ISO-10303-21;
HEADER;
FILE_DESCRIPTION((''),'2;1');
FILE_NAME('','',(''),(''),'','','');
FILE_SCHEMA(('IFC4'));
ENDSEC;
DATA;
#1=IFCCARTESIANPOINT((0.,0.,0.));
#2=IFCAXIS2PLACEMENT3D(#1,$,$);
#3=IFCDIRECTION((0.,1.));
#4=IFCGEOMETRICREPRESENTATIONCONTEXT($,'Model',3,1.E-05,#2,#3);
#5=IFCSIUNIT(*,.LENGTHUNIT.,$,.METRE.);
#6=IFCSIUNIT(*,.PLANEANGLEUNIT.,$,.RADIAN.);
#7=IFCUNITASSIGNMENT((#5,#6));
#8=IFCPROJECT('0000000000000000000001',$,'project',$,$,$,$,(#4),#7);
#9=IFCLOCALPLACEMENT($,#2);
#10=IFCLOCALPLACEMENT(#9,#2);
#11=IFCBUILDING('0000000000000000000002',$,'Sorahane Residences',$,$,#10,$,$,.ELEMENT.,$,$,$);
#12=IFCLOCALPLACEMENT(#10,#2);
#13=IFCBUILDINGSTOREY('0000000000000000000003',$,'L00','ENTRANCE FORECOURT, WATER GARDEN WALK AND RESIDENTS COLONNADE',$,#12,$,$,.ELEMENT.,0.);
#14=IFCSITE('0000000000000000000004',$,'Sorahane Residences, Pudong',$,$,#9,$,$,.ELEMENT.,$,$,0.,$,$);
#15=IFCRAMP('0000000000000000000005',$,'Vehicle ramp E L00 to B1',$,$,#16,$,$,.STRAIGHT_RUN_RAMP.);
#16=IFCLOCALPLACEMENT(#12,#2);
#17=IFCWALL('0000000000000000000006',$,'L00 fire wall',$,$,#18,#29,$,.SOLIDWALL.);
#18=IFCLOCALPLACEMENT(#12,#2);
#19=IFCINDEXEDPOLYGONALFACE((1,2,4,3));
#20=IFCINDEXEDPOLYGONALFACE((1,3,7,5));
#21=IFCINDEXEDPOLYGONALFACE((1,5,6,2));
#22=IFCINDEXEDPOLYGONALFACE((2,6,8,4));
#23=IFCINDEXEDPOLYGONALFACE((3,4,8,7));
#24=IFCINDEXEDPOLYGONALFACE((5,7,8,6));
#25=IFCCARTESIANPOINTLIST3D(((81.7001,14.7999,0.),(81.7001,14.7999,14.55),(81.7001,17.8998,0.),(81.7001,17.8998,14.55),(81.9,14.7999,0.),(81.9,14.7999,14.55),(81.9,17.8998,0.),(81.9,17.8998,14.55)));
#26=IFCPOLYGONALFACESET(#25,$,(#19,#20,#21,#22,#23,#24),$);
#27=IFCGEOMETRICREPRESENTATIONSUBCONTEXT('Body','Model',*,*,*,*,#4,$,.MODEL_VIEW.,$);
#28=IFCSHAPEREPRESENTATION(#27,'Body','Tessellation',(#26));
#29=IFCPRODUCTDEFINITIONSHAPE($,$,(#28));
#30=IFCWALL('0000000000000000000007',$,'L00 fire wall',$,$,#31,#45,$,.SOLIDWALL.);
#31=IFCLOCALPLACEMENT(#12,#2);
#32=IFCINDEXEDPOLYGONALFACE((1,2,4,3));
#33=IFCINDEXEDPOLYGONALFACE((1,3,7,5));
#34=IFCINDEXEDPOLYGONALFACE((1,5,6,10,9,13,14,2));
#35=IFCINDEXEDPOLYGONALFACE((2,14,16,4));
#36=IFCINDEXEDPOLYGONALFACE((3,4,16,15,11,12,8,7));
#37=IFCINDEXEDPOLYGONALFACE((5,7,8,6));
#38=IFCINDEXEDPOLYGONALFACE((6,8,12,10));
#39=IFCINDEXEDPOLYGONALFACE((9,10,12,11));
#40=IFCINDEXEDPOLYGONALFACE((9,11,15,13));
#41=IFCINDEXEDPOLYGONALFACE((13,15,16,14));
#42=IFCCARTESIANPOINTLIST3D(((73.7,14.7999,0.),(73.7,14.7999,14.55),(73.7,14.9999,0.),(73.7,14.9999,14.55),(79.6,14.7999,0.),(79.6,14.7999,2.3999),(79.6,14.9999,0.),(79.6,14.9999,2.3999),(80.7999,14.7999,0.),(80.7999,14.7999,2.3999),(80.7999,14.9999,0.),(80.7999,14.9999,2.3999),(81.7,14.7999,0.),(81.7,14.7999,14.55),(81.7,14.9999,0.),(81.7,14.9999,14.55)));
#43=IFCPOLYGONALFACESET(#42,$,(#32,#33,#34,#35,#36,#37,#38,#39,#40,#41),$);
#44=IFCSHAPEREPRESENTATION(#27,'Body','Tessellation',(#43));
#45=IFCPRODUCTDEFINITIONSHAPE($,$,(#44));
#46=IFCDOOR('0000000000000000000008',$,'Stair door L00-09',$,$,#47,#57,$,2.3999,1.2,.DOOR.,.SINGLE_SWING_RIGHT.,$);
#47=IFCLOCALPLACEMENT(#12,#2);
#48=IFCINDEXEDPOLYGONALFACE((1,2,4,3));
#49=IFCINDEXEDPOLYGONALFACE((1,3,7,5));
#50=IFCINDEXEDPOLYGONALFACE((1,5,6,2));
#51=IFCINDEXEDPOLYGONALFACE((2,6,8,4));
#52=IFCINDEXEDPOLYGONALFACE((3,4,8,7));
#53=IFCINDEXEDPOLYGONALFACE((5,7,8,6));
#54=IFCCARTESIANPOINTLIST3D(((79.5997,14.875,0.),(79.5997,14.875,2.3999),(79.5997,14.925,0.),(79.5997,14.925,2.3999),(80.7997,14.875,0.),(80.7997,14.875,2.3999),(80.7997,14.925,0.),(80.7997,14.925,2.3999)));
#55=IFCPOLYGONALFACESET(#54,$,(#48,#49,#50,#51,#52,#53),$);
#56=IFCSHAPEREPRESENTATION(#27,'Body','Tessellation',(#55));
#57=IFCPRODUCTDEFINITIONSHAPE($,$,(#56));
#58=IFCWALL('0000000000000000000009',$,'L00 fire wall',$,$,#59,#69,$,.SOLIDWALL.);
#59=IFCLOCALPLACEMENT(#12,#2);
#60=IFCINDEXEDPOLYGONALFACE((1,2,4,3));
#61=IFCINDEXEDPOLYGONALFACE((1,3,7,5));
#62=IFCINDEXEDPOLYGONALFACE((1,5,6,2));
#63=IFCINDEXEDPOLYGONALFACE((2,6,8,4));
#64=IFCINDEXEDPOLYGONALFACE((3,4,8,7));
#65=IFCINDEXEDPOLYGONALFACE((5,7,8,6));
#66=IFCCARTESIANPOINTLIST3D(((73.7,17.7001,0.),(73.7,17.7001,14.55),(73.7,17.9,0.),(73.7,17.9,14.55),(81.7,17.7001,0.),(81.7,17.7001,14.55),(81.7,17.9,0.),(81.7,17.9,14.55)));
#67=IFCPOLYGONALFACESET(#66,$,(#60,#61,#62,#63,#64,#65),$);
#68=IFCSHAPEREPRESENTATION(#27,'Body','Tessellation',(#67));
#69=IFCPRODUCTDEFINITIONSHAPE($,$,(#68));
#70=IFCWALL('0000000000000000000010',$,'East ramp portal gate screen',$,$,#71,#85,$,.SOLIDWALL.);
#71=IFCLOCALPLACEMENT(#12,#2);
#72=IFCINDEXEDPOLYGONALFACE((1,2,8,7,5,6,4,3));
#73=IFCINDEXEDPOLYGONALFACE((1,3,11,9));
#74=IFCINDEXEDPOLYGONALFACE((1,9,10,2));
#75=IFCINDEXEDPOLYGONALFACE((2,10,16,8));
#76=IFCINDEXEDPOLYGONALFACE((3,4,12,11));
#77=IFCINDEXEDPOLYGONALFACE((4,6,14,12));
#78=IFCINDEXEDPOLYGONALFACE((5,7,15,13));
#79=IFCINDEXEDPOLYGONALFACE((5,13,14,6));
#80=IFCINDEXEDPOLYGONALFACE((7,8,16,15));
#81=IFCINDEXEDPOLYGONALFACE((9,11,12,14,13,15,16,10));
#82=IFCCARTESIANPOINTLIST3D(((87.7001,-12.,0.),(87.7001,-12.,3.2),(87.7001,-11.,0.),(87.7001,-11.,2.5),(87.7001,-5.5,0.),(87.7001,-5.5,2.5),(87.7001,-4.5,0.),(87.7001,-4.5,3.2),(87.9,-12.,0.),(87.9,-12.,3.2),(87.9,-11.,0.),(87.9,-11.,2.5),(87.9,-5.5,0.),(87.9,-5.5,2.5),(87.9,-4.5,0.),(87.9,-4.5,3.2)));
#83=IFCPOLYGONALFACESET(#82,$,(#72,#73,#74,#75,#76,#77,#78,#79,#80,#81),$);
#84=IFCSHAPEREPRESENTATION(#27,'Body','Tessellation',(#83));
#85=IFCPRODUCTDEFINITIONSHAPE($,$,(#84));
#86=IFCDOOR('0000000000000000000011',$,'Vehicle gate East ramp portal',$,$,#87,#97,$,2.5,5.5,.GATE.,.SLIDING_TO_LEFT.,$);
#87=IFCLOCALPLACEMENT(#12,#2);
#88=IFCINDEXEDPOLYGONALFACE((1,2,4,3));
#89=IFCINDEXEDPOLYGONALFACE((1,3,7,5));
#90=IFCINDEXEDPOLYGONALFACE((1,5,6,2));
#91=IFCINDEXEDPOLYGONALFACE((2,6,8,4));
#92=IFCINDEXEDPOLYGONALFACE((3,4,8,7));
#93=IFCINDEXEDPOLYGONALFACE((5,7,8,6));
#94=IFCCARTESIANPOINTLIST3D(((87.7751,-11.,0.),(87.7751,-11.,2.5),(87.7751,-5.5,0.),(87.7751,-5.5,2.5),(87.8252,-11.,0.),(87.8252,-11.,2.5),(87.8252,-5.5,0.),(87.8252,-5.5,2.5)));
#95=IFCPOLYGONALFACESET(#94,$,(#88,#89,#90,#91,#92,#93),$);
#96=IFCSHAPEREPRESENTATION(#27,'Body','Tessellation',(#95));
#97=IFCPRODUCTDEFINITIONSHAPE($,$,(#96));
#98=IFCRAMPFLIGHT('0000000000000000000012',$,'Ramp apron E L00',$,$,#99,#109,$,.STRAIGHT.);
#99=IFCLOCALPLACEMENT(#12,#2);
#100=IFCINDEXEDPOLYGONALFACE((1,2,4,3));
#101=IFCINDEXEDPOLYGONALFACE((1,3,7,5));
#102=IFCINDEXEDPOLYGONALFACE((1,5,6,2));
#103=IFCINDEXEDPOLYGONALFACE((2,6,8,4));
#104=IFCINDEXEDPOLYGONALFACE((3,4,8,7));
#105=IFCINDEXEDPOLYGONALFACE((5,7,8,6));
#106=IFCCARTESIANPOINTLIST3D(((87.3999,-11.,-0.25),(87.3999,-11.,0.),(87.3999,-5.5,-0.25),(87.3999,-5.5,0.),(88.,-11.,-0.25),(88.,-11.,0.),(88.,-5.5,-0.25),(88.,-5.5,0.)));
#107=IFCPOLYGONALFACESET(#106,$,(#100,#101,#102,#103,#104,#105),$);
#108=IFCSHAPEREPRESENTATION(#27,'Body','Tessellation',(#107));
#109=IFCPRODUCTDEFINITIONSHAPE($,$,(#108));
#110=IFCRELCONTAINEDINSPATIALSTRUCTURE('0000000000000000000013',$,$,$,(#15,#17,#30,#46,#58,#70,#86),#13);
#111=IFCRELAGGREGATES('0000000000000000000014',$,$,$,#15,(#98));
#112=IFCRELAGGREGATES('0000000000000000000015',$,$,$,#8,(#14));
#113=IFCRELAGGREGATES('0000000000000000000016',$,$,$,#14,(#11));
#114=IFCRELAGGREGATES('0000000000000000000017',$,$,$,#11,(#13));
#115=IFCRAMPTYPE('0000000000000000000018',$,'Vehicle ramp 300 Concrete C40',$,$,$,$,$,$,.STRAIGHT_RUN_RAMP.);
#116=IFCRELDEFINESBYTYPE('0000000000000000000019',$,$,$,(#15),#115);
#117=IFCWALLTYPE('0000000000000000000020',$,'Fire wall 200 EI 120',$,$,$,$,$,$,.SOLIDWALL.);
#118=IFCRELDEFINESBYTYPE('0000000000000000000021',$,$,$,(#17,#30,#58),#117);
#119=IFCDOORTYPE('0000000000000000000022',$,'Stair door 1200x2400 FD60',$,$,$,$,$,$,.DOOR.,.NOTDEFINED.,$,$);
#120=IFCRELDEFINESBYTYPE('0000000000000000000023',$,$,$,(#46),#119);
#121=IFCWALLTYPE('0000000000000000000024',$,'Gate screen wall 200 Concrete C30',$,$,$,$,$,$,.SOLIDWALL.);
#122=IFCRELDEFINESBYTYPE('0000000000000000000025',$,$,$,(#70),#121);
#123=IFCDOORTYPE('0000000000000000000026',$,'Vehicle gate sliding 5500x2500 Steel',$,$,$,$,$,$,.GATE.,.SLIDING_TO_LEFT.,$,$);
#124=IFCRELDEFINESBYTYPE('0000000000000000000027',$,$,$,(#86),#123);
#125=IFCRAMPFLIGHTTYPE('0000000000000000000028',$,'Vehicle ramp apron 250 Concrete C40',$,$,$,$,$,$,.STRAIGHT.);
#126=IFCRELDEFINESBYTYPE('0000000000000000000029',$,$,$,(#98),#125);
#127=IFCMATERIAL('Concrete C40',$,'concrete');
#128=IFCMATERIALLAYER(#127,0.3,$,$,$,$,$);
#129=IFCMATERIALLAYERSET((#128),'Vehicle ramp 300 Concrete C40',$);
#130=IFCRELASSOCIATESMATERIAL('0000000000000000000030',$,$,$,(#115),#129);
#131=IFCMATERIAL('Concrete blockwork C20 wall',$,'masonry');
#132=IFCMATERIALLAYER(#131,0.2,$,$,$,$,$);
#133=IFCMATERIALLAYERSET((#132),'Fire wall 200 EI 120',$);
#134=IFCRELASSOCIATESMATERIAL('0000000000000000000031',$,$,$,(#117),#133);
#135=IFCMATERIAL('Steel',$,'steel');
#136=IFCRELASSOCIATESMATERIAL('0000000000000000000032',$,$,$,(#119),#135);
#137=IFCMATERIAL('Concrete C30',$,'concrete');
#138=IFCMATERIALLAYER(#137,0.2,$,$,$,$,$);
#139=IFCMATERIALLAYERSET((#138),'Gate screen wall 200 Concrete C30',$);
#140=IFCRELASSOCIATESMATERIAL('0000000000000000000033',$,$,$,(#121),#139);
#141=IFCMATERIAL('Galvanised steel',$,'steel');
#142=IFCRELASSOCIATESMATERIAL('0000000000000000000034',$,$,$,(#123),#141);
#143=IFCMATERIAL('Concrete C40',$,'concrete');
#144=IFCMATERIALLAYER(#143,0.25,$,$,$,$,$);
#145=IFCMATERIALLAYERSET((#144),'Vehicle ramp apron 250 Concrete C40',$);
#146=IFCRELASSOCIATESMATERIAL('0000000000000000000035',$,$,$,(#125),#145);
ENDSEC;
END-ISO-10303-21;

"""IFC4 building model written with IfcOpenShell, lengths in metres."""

from ifc_helpers import new_model, si_unit, direction, frame, frame_2d, origin, place, context, subcontext, project, spatial, polyline, rectangle, outline, extrude, material, layer, layer_set, type_object, element, fill, aggregate, save


model = new_model("IFC4")

# Units and contexts
model_context = context("Model", 3, precision=1e-05, world=origin(), true_north=direction((0.0, 1.0)))
body_context = subcontext(model_context, "Body", "Model", "MODEL_VIEW")
ifc_project = project(units=[si_unit("LENGTHUNIT", "METRE"), si_unit("PLANEANGLEUNIT", "RADIAN")], contexts=[model_context])

# Site, building, storey
site_placement = place(None, origin())
site = spatial("IfcSite", under=ifc_project, at=site_placement, Name="Sorahane Residences, Pudong", CompositionType="ELEMENT", RefElevation=0.0)
building_placement = place(site_placement, origin())
building = spatial("IfcBuilding", under=site, at=building_placement, Name="Sorahane Residences", CompositionType="ELEMENT")
storey_placement = place(building_placement, origin())
storey = spatial("IfcBuildingStorey", under=building, at=storey_placement, Name="L00", Description="ENTRANCE FORECOURT, WATER GARDEN WALK AND RESIDENTS COLONNADE", CompositionType="ELEMENT", Elevation=0.0)

# Ramp
ifc_material_1 = material(Name="Concrete C40", Category="concrete")
ifc_layer_1 = layer(ifc_material_1, 0.3)
ifc_layer_set_1 = layer_set([ifc_layer_1], Name="Vehicle ramp 300 Concrete C40")
ramp_type = type_object("IfcRampType", Name="Vehicle ramp 300 Concrete C40", PredefinedType="STRAIGHT_RUN_RAMP", material=ifc_layer_set_1)
ramp_placement = place(storey_placement, origin())
ramp = element("IfcRamp", 1, at=ramp_placement, inside=storey, type_object=ramp_type, Name="Vehicle ramp E L00 to B1", PredefinedType="STRAIGHT_RUN_RAMP")

# Wall
ifc_material_2 = material(Name="Concrete blockwork C20 wall", Category="masonry")
ifc_layer_2 = layer(ifc_material_2, 0.2)
ifc_layer_set_2 = layer_set([ifc_layer_2], Name="Fire wall 200 EI 120")
wall_type_1 = type_object("IfcWallType", Name="Fire wall 200 EI 120", PredefinedType="SOLIDWALL", material=ifc_layer_set_2)
for number, where, z_axis, x_axis, name in (
    (2, (81.8, 14.8, 0.0), (0.0, 0.0, 1.0), (0.0, 1.0, 0.0), "L00 fire wall"),
):
    element("IfcWall", number, at=place(storey_placement, frame(where, z_axis=z_axis, x_axis=x_axis)), inside=storey, type_object=wall_type_1, Name=name, PredefinedType="SOLIDWALL", context=body_context, shape_type="SweptSolid", body=[
        extrude(rectangle(XDim=3.0999, YDim=0.2, at=frame_2d((1.5498, 0.0))), origin(), (0.0, 0.0, 1.0), 14.55),
    ])

# Wall, opening, door
wall_1_placement = place(storey_placement, frame((73.7, 14.8999, 0.0), z_axis=(0.0, 0.0, 1.0), x_axis=(1.0, 0.0, 0.0)))
wall_1 = element("IfcWall", 3, at=wall_1_placement, inside=storey, type_object=wall_type_1, Name="L00 fire wall", PredefinedType="SOLIDWALL", context=body_context, shape_type="SweptSolid", body=[
    extrude(rectangle(XDim=8.0, YDim=0.2, at=frame_2d((4.0, 0.0))), origin(), (0.0, 0.0, 1.0), 14.55),
])
opening_1_placement = place(wall_1_placement, frame((5.8999, 0.0, 0.0)))
opening_1 = element("IfcOpeningElement", 4, at=opening_1_placement, cuts=wall_1, PredefinedType="OPENING", context=body_context, shape_type="SweptSolid", body=[
    extrude(rectangle(XDim=1.2, YDim=2.3999, at=frame_2d((0.6001, 1.2))), frame((0.0, 0.1099, 0.0), z_axis=(0.0, -1.0, 0.0), x_axis=(1.0, 0.0, 0.0)), (0.0, 0.0, 1.0), 0.22),
])
ifc_material_3 = material(Name="Steel", Category="steel")
door_type_1 = type_object("IfcDoorType", Name="Stair door 1200x2400 FD60", OperationType="NOTDEFINED", PredefinedType="DOOR", material=ifc_material_3)
door_1_placement = place(opening_1_placement, frame((1.2, 0.0, 0.0), z_axis=(0.0, 0.0, 1.0), x_axis=(-1.0, 0.0, 0.0)))
door_1 = element("IfcDoor", 5, at=door_1_placement, inside=storey, type_object=door_type_1, Name="Stair door L00-09", OperationType="SINGLE_SWING_RIGHT", OverallHeight=2.3999, OverallWidth=1.2, PredefinedType="DOOR", context=body_context, shape_type="SweptSolid", body=[
    extrude(rectangle(XDim=1.2, YDim=2.3999, at=frame_2d((0.6001, 1.2))), frame((0.0, 0.0249, 0.0), z_axis=(0.0, -1.0, 0.0), x_axis=(1.0, 0.0, 0.0)), (0.0, 0.0, 1.0), 0.05),
])
fill(opening_1, door_1)

# Wall
wall_2_placement = place(storey_placement, frame((73.7, 17.8, 0.0), z_axis=(0.0, 0.0, 1.0), x_axis=(1.0, 0.0, 0.0)))
element("IfcWall", 6, at=wall_2_placement, inside=storey, type_object=wall_type_1, Name="L00 fire wall", PredefinedType="SOLIDWALL", context=body_context, shape_type="SweptSolid", body=[
    extrude(rectangle(XDim=8.0, YDim=0.2, at=frame_2d((4.0, 0.0))), origin(), (0.0, 0.0, 1.0), 14.55),
])

# Wall, opening, door
ifc_material_4 = material(Name="Concrete C30", Category="concrete")
ifc_layer_3 = layer(ifc_material_4, 0.2)
ifc_layer_set_3 = layer_set([ifc_layer_3], Name="Gate screen wall 200 Concrete C30")
wall_type_2 = type_object("IfcWallType", Name="Gate screen wall 200 Concrete C30", PredefinedType="SOLIDWALL", material=ifc_layer_set_3)
wall_3_placement = place(storey_placement, frame((87.8, -12.0, 0.0), z_axis=(0.0, 0.0, 1.0), x_axis=(0.0, 1.0, 0.0)))
wall_3 = element("IfcWall", 7, at=wall_3_placement, inside=storey, type_object=wall_type_2, Name="East ramp portal gate screen", PredefinedType="SOLIDWALL", context=body_context, shape_type="SweptSolid", body=[
    extrude(rectangle(XDim=7.5, YDim=0.2, at=frame_2d((3.75, 0.0))), origin(), (0.0, 0.0, 1.0), 3.2),
])
opening_2_placement = place(wall_3_placement, frame((1.0, 0.0, 0.0)))
opening_2 = element("IfcOpeningElement", 8, at=opening_2_placement, cuts=wall_3, PredefinedType="OPENING", context=body_context, shape_type="SweptSolid", body=[
    extrude(rectangle(XDim=5.5, YDim=2.5, at=frame_2d((2.75, 1.25))), frame((0.0, 0.1099, 0.0), z_axis=(0.0, -1.0, 0.0), x_axis=(1.0, 0.0, 0.0)), (0.0, 0.0, 1.0), 0.22),
])
ifc_material_5 = material(Name="Galvanised steel", Category="steel")
door_type_2 = type_object("IfcDoorType", Name="Vehicle gate sliding 5500x2500 Steel", OperationType="SLIDING_TO_LEFT", PredefinedType="GATE", material=ifc_material_5)
door_2_placement = place(opening_2_placement, origin())
door_2 = element("IfcDoor", 9, at=door_2_placement, inside=storey, type_object=door_type_2, Name="Vehicle gate East ramp portal", OperationType="SLIDING_TO_LEFT", OverallHeight=2.5, OverallWidth=5.5, PredefinedType="GATE", context=body_context, shape_type="SweptSolid", body=[
    extrude(rectangle(XDim=5.5, YDim=2.5, at=frame_2d((2.75, 1.25))), frame((0.0, 0.0249, 0.0), z_axis=(0.0, -1.0, 0.0), x_axis=(1.0, 0.0, 0.0)), (0.0, 0.0, 1.0), 0.05),
])
fill(opening_2, door_2)

# Ramp flight
ifc_material_6 = material(Name="Concrete C40", Category="concrete")
ifc_layer_4 = layer(ifc_material_6, 0.25)
ifc_layer_set_4 = layer_set([ifc_layer_4], Name="Vehicle ramp apron 250 Concrete C40")
ramp_flight_type = type_object("IfcRampFlightType", Name="Vehicle ramp apron 250 Concrete C40", PredefinedType="STRAIGHT", material=ifc_layer_set_4)
ramp_flight_placement = place(storey_placement, frame((88.0, -11.0, 0.0), z_axis=(0.0, 0.0, 1.0), x_axis=(-1.0, 0.0, 0.0)))
ramp_flight = element("IfcRampFlight", 10, at=ramp_flight_placement, type_object=ramp_flight_type, Name="Ramp apron E L00", PredefinedType="STRAIGHT", context=body_context, shape_type="SweptSolid", body=[
    extrude(outline(polyline([(0.0, 0.0), (0.6001, 0.0), (0.6001, -5.5), (0.0, -5.5), (0.0, 0.0)])), origin(), (0.0, 0.0, -1.0), 0.25),
])
aggregate(ramp, [ramp_flight])

save(model, "model.ifc")
